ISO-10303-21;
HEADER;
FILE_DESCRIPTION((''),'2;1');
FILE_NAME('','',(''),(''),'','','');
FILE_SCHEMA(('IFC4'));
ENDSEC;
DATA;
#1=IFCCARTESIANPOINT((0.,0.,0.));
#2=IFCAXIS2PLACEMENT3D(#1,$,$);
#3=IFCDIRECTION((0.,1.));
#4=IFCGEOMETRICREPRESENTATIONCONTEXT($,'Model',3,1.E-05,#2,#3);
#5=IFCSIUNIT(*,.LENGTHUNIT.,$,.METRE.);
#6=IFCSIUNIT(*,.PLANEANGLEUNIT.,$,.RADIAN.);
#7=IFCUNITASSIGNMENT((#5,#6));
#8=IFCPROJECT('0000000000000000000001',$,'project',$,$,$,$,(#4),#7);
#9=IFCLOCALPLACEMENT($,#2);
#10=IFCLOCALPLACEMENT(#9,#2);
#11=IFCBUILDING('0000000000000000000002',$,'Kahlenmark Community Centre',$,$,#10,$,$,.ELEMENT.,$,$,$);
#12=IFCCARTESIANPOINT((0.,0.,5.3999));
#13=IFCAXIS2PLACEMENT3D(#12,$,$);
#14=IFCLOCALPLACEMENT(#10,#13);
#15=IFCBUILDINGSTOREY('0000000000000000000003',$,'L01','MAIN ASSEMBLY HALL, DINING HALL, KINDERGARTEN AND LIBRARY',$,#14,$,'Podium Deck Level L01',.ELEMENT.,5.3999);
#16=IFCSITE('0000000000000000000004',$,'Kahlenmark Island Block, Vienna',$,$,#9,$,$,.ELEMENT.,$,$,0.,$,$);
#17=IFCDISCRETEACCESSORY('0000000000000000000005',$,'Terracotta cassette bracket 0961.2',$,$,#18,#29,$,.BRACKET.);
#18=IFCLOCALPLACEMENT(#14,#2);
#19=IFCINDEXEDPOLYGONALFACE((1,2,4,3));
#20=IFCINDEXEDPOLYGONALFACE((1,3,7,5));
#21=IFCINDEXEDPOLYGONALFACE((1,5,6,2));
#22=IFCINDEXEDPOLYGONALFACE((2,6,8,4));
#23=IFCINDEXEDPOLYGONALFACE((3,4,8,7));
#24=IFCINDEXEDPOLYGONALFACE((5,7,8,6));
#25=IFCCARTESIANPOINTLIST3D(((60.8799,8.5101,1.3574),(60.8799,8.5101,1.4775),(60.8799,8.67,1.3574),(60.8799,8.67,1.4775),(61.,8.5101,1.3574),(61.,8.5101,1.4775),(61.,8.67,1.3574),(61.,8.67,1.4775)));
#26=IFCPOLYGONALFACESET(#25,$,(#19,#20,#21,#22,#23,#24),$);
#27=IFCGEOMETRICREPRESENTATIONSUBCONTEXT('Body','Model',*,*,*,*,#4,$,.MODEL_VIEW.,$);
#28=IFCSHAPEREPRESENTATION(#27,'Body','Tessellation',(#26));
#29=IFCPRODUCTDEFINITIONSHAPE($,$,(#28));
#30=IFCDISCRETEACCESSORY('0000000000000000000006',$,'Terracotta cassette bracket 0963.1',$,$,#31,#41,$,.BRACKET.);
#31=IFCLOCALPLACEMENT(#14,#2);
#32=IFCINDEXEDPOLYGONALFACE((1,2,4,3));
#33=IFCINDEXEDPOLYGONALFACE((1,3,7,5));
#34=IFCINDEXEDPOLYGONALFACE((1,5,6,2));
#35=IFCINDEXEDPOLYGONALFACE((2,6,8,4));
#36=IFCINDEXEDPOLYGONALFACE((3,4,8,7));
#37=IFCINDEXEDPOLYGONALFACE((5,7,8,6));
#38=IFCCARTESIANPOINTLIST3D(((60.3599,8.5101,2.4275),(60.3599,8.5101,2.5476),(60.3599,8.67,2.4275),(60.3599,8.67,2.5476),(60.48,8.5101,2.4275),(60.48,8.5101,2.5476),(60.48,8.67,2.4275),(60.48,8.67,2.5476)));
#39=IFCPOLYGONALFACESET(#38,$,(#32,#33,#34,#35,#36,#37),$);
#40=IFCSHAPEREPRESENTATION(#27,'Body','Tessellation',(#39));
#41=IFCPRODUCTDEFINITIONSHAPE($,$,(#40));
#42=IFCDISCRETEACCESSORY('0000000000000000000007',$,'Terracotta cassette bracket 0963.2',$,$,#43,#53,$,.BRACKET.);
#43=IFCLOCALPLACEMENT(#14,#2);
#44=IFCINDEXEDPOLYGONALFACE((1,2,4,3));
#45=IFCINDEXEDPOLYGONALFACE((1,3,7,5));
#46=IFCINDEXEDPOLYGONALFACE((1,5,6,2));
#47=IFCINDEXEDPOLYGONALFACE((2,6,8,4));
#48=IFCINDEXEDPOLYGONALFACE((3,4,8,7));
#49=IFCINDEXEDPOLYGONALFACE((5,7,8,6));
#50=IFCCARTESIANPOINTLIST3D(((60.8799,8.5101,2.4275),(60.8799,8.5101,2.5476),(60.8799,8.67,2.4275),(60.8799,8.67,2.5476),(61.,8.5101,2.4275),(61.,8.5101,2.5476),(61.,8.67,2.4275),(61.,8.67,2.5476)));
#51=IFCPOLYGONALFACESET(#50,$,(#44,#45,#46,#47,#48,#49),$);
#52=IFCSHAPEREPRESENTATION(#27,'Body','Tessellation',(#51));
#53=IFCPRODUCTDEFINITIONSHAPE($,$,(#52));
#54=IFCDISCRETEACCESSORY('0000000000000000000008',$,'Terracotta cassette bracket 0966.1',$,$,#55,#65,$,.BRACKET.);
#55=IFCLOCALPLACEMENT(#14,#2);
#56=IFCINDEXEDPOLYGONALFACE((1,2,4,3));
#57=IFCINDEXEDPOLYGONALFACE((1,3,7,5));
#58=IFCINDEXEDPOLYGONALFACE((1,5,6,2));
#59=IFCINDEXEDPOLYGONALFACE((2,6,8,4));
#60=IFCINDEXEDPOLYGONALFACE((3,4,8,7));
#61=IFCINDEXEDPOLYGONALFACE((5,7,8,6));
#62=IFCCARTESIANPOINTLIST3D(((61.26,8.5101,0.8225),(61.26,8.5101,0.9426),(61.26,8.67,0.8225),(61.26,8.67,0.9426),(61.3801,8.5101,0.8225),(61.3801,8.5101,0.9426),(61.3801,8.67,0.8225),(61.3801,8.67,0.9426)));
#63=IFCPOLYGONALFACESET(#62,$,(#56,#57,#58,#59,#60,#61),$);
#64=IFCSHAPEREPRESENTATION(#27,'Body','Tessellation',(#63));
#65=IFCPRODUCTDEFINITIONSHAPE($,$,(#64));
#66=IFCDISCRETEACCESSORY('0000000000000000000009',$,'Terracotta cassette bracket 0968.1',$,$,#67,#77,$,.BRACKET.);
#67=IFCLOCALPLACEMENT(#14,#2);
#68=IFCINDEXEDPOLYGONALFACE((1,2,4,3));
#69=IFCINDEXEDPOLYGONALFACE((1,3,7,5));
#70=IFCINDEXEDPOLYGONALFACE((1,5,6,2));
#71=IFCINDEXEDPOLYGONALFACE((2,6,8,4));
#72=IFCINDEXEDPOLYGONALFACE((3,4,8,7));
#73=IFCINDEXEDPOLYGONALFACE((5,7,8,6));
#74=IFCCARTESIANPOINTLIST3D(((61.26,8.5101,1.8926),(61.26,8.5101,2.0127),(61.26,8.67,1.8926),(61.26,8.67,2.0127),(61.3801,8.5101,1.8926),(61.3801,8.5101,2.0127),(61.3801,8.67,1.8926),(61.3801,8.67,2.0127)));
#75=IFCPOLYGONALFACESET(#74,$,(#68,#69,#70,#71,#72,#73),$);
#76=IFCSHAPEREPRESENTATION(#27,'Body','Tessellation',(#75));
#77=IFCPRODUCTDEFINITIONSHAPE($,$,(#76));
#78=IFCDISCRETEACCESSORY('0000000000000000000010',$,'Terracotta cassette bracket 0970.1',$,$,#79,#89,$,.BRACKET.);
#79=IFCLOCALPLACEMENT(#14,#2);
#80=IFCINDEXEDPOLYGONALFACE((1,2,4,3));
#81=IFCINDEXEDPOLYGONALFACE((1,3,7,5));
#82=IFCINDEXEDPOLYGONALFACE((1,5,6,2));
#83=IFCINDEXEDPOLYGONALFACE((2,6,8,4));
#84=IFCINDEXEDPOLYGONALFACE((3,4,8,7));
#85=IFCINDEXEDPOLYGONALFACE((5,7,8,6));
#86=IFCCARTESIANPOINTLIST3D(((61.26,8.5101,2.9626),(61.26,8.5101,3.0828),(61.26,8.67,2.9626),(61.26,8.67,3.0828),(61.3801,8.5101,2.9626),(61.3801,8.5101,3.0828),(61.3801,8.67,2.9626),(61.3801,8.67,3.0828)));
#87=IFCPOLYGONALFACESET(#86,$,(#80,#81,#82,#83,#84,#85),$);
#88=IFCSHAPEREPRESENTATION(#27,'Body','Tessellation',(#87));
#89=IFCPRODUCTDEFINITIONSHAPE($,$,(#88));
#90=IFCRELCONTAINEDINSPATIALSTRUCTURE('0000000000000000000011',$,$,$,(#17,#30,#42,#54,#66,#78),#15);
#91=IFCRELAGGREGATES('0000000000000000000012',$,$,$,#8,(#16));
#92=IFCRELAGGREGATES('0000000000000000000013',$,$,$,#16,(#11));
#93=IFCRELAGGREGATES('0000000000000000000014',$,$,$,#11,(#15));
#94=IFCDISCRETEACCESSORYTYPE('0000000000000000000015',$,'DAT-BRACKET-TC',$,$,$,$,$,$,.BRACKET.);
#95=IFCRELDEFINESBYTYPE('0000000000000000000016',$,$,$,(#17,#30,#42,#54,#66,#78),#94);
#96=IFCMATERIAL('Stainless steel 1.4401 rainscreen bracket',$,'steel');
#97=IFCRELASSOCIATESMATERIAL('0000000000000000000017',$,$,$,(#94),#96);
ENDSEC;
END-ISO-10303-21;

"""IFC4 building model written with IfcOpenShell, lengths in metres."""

from ifc_helpers import new_model, si_unit, direction, frame, origin, origin_2d, place, context, subcontext, project, spatial, rectangle, extrude, material, type_object, element, save


model = new_model("IFC4")

# Units and contexts
model_context = context("Model", 3, precision=1e-05, world=origin(), true_north=direction((0.0, 1.0)))
body_context = subcontext(model_context, "Body", "Model", "MODEL_VIEW")
ifc_project = project(units=[si_unit("LENGTHUNIT", "METRE"), si_unit("PLANEANGLEUNIT", "RADIAN")], contexts=[model_context])

# Site, building, storey
site_placement = place(None, origin())
site = spatial("IfcSite", under=ifc_project, at=site_placement, Name="Kahlenmark Island Block, Vienna", CompositionType="ELEMENT", RefElevation=0.0)
building_placement = place(site_placement, origin())
building = spatial("IfcBuilding", under=site, at=building_placement, Name="Kahlenmark Community Centre", CompositionType="ELEMENT")
storey_placement = place(building_placement, frame((0.0, 0.0, 5.3999)))
storey = spatial("IfcBuildingStorey", under=building, at=storey_placement, Name="L01", Description="MAIN ASSEMBLY HALL, DINING HALL, KINDERGARTEN AND LIBRARY", LongName="Podium Deck Level L01", CompositionType="ELEMENT", Elevation=5.3999)

# Discrete accessories
ifc_material_1 = material(Name="Stainless steel 1.4401 rainscreen bracket", Category="steel")
discrete_accessory_type = type_object("IfcDiscreteAccessoryType", Name="DAT-BRACKET-TC", PredefinedType="BRACKET", material=ifc_material_1)
for number, where, z_axis, x_axis, name in (
    (1, (60.9399, 8.5901, 1.3574), (0.0, 0.0, 1.0), (1.0, 0.0, 0.0), "Terracotta cassette bracket 0961.2"),
    (2, (60.4199, 8.5901, 2.4275), (0.0, 0.0, 1.0), (1.0, 0.0, 0.0), "Terracotta cassette bracket 0963.1"),
    (3, (60.9399, 8.5901, 2.4275), (0.0, 0.0, 1.0), (1.0, 0.0, 0.0), "Terracotta cassette bracket 0963.2"),
    (4, (61.3201, 8.5901, 0.8225), (0.0, 0.0, 1.0), (1.0, 0.0, 0.0), "Terracotta cassette bracket 0966.1"),
    (5, (61.3201, 8.5901, 1.8926), (0.0, 0.0, 1.0), (1.0, 0.0, 0.0), "Terracotta cassette bracket 0968.1"),
    (6, (61.3201, 8.5901, 2.9626), (0.0, 0.0, 1.0), (1.0, 0.0, 0.0), "Terracotta cassette bracket 0970.1"),
):
    element("IfcDiscreteAccessory", number, at=place(storey_placement, frame(where, z_axis=z_axis, x_axis=x_axis)), inside=storey, type_object=discrete_accessory_type, Name=name, PredefinedType="BRACKET", context=body_context, shape_type="SweptSolid", body=[
        extrude(rectangle(XDim=0.1201, YDim=0.1599, at=origin_2d()), origin(), (0.0, 0.0, 1.0), 0.1201),
    ])

save(model, "model.ifc")
